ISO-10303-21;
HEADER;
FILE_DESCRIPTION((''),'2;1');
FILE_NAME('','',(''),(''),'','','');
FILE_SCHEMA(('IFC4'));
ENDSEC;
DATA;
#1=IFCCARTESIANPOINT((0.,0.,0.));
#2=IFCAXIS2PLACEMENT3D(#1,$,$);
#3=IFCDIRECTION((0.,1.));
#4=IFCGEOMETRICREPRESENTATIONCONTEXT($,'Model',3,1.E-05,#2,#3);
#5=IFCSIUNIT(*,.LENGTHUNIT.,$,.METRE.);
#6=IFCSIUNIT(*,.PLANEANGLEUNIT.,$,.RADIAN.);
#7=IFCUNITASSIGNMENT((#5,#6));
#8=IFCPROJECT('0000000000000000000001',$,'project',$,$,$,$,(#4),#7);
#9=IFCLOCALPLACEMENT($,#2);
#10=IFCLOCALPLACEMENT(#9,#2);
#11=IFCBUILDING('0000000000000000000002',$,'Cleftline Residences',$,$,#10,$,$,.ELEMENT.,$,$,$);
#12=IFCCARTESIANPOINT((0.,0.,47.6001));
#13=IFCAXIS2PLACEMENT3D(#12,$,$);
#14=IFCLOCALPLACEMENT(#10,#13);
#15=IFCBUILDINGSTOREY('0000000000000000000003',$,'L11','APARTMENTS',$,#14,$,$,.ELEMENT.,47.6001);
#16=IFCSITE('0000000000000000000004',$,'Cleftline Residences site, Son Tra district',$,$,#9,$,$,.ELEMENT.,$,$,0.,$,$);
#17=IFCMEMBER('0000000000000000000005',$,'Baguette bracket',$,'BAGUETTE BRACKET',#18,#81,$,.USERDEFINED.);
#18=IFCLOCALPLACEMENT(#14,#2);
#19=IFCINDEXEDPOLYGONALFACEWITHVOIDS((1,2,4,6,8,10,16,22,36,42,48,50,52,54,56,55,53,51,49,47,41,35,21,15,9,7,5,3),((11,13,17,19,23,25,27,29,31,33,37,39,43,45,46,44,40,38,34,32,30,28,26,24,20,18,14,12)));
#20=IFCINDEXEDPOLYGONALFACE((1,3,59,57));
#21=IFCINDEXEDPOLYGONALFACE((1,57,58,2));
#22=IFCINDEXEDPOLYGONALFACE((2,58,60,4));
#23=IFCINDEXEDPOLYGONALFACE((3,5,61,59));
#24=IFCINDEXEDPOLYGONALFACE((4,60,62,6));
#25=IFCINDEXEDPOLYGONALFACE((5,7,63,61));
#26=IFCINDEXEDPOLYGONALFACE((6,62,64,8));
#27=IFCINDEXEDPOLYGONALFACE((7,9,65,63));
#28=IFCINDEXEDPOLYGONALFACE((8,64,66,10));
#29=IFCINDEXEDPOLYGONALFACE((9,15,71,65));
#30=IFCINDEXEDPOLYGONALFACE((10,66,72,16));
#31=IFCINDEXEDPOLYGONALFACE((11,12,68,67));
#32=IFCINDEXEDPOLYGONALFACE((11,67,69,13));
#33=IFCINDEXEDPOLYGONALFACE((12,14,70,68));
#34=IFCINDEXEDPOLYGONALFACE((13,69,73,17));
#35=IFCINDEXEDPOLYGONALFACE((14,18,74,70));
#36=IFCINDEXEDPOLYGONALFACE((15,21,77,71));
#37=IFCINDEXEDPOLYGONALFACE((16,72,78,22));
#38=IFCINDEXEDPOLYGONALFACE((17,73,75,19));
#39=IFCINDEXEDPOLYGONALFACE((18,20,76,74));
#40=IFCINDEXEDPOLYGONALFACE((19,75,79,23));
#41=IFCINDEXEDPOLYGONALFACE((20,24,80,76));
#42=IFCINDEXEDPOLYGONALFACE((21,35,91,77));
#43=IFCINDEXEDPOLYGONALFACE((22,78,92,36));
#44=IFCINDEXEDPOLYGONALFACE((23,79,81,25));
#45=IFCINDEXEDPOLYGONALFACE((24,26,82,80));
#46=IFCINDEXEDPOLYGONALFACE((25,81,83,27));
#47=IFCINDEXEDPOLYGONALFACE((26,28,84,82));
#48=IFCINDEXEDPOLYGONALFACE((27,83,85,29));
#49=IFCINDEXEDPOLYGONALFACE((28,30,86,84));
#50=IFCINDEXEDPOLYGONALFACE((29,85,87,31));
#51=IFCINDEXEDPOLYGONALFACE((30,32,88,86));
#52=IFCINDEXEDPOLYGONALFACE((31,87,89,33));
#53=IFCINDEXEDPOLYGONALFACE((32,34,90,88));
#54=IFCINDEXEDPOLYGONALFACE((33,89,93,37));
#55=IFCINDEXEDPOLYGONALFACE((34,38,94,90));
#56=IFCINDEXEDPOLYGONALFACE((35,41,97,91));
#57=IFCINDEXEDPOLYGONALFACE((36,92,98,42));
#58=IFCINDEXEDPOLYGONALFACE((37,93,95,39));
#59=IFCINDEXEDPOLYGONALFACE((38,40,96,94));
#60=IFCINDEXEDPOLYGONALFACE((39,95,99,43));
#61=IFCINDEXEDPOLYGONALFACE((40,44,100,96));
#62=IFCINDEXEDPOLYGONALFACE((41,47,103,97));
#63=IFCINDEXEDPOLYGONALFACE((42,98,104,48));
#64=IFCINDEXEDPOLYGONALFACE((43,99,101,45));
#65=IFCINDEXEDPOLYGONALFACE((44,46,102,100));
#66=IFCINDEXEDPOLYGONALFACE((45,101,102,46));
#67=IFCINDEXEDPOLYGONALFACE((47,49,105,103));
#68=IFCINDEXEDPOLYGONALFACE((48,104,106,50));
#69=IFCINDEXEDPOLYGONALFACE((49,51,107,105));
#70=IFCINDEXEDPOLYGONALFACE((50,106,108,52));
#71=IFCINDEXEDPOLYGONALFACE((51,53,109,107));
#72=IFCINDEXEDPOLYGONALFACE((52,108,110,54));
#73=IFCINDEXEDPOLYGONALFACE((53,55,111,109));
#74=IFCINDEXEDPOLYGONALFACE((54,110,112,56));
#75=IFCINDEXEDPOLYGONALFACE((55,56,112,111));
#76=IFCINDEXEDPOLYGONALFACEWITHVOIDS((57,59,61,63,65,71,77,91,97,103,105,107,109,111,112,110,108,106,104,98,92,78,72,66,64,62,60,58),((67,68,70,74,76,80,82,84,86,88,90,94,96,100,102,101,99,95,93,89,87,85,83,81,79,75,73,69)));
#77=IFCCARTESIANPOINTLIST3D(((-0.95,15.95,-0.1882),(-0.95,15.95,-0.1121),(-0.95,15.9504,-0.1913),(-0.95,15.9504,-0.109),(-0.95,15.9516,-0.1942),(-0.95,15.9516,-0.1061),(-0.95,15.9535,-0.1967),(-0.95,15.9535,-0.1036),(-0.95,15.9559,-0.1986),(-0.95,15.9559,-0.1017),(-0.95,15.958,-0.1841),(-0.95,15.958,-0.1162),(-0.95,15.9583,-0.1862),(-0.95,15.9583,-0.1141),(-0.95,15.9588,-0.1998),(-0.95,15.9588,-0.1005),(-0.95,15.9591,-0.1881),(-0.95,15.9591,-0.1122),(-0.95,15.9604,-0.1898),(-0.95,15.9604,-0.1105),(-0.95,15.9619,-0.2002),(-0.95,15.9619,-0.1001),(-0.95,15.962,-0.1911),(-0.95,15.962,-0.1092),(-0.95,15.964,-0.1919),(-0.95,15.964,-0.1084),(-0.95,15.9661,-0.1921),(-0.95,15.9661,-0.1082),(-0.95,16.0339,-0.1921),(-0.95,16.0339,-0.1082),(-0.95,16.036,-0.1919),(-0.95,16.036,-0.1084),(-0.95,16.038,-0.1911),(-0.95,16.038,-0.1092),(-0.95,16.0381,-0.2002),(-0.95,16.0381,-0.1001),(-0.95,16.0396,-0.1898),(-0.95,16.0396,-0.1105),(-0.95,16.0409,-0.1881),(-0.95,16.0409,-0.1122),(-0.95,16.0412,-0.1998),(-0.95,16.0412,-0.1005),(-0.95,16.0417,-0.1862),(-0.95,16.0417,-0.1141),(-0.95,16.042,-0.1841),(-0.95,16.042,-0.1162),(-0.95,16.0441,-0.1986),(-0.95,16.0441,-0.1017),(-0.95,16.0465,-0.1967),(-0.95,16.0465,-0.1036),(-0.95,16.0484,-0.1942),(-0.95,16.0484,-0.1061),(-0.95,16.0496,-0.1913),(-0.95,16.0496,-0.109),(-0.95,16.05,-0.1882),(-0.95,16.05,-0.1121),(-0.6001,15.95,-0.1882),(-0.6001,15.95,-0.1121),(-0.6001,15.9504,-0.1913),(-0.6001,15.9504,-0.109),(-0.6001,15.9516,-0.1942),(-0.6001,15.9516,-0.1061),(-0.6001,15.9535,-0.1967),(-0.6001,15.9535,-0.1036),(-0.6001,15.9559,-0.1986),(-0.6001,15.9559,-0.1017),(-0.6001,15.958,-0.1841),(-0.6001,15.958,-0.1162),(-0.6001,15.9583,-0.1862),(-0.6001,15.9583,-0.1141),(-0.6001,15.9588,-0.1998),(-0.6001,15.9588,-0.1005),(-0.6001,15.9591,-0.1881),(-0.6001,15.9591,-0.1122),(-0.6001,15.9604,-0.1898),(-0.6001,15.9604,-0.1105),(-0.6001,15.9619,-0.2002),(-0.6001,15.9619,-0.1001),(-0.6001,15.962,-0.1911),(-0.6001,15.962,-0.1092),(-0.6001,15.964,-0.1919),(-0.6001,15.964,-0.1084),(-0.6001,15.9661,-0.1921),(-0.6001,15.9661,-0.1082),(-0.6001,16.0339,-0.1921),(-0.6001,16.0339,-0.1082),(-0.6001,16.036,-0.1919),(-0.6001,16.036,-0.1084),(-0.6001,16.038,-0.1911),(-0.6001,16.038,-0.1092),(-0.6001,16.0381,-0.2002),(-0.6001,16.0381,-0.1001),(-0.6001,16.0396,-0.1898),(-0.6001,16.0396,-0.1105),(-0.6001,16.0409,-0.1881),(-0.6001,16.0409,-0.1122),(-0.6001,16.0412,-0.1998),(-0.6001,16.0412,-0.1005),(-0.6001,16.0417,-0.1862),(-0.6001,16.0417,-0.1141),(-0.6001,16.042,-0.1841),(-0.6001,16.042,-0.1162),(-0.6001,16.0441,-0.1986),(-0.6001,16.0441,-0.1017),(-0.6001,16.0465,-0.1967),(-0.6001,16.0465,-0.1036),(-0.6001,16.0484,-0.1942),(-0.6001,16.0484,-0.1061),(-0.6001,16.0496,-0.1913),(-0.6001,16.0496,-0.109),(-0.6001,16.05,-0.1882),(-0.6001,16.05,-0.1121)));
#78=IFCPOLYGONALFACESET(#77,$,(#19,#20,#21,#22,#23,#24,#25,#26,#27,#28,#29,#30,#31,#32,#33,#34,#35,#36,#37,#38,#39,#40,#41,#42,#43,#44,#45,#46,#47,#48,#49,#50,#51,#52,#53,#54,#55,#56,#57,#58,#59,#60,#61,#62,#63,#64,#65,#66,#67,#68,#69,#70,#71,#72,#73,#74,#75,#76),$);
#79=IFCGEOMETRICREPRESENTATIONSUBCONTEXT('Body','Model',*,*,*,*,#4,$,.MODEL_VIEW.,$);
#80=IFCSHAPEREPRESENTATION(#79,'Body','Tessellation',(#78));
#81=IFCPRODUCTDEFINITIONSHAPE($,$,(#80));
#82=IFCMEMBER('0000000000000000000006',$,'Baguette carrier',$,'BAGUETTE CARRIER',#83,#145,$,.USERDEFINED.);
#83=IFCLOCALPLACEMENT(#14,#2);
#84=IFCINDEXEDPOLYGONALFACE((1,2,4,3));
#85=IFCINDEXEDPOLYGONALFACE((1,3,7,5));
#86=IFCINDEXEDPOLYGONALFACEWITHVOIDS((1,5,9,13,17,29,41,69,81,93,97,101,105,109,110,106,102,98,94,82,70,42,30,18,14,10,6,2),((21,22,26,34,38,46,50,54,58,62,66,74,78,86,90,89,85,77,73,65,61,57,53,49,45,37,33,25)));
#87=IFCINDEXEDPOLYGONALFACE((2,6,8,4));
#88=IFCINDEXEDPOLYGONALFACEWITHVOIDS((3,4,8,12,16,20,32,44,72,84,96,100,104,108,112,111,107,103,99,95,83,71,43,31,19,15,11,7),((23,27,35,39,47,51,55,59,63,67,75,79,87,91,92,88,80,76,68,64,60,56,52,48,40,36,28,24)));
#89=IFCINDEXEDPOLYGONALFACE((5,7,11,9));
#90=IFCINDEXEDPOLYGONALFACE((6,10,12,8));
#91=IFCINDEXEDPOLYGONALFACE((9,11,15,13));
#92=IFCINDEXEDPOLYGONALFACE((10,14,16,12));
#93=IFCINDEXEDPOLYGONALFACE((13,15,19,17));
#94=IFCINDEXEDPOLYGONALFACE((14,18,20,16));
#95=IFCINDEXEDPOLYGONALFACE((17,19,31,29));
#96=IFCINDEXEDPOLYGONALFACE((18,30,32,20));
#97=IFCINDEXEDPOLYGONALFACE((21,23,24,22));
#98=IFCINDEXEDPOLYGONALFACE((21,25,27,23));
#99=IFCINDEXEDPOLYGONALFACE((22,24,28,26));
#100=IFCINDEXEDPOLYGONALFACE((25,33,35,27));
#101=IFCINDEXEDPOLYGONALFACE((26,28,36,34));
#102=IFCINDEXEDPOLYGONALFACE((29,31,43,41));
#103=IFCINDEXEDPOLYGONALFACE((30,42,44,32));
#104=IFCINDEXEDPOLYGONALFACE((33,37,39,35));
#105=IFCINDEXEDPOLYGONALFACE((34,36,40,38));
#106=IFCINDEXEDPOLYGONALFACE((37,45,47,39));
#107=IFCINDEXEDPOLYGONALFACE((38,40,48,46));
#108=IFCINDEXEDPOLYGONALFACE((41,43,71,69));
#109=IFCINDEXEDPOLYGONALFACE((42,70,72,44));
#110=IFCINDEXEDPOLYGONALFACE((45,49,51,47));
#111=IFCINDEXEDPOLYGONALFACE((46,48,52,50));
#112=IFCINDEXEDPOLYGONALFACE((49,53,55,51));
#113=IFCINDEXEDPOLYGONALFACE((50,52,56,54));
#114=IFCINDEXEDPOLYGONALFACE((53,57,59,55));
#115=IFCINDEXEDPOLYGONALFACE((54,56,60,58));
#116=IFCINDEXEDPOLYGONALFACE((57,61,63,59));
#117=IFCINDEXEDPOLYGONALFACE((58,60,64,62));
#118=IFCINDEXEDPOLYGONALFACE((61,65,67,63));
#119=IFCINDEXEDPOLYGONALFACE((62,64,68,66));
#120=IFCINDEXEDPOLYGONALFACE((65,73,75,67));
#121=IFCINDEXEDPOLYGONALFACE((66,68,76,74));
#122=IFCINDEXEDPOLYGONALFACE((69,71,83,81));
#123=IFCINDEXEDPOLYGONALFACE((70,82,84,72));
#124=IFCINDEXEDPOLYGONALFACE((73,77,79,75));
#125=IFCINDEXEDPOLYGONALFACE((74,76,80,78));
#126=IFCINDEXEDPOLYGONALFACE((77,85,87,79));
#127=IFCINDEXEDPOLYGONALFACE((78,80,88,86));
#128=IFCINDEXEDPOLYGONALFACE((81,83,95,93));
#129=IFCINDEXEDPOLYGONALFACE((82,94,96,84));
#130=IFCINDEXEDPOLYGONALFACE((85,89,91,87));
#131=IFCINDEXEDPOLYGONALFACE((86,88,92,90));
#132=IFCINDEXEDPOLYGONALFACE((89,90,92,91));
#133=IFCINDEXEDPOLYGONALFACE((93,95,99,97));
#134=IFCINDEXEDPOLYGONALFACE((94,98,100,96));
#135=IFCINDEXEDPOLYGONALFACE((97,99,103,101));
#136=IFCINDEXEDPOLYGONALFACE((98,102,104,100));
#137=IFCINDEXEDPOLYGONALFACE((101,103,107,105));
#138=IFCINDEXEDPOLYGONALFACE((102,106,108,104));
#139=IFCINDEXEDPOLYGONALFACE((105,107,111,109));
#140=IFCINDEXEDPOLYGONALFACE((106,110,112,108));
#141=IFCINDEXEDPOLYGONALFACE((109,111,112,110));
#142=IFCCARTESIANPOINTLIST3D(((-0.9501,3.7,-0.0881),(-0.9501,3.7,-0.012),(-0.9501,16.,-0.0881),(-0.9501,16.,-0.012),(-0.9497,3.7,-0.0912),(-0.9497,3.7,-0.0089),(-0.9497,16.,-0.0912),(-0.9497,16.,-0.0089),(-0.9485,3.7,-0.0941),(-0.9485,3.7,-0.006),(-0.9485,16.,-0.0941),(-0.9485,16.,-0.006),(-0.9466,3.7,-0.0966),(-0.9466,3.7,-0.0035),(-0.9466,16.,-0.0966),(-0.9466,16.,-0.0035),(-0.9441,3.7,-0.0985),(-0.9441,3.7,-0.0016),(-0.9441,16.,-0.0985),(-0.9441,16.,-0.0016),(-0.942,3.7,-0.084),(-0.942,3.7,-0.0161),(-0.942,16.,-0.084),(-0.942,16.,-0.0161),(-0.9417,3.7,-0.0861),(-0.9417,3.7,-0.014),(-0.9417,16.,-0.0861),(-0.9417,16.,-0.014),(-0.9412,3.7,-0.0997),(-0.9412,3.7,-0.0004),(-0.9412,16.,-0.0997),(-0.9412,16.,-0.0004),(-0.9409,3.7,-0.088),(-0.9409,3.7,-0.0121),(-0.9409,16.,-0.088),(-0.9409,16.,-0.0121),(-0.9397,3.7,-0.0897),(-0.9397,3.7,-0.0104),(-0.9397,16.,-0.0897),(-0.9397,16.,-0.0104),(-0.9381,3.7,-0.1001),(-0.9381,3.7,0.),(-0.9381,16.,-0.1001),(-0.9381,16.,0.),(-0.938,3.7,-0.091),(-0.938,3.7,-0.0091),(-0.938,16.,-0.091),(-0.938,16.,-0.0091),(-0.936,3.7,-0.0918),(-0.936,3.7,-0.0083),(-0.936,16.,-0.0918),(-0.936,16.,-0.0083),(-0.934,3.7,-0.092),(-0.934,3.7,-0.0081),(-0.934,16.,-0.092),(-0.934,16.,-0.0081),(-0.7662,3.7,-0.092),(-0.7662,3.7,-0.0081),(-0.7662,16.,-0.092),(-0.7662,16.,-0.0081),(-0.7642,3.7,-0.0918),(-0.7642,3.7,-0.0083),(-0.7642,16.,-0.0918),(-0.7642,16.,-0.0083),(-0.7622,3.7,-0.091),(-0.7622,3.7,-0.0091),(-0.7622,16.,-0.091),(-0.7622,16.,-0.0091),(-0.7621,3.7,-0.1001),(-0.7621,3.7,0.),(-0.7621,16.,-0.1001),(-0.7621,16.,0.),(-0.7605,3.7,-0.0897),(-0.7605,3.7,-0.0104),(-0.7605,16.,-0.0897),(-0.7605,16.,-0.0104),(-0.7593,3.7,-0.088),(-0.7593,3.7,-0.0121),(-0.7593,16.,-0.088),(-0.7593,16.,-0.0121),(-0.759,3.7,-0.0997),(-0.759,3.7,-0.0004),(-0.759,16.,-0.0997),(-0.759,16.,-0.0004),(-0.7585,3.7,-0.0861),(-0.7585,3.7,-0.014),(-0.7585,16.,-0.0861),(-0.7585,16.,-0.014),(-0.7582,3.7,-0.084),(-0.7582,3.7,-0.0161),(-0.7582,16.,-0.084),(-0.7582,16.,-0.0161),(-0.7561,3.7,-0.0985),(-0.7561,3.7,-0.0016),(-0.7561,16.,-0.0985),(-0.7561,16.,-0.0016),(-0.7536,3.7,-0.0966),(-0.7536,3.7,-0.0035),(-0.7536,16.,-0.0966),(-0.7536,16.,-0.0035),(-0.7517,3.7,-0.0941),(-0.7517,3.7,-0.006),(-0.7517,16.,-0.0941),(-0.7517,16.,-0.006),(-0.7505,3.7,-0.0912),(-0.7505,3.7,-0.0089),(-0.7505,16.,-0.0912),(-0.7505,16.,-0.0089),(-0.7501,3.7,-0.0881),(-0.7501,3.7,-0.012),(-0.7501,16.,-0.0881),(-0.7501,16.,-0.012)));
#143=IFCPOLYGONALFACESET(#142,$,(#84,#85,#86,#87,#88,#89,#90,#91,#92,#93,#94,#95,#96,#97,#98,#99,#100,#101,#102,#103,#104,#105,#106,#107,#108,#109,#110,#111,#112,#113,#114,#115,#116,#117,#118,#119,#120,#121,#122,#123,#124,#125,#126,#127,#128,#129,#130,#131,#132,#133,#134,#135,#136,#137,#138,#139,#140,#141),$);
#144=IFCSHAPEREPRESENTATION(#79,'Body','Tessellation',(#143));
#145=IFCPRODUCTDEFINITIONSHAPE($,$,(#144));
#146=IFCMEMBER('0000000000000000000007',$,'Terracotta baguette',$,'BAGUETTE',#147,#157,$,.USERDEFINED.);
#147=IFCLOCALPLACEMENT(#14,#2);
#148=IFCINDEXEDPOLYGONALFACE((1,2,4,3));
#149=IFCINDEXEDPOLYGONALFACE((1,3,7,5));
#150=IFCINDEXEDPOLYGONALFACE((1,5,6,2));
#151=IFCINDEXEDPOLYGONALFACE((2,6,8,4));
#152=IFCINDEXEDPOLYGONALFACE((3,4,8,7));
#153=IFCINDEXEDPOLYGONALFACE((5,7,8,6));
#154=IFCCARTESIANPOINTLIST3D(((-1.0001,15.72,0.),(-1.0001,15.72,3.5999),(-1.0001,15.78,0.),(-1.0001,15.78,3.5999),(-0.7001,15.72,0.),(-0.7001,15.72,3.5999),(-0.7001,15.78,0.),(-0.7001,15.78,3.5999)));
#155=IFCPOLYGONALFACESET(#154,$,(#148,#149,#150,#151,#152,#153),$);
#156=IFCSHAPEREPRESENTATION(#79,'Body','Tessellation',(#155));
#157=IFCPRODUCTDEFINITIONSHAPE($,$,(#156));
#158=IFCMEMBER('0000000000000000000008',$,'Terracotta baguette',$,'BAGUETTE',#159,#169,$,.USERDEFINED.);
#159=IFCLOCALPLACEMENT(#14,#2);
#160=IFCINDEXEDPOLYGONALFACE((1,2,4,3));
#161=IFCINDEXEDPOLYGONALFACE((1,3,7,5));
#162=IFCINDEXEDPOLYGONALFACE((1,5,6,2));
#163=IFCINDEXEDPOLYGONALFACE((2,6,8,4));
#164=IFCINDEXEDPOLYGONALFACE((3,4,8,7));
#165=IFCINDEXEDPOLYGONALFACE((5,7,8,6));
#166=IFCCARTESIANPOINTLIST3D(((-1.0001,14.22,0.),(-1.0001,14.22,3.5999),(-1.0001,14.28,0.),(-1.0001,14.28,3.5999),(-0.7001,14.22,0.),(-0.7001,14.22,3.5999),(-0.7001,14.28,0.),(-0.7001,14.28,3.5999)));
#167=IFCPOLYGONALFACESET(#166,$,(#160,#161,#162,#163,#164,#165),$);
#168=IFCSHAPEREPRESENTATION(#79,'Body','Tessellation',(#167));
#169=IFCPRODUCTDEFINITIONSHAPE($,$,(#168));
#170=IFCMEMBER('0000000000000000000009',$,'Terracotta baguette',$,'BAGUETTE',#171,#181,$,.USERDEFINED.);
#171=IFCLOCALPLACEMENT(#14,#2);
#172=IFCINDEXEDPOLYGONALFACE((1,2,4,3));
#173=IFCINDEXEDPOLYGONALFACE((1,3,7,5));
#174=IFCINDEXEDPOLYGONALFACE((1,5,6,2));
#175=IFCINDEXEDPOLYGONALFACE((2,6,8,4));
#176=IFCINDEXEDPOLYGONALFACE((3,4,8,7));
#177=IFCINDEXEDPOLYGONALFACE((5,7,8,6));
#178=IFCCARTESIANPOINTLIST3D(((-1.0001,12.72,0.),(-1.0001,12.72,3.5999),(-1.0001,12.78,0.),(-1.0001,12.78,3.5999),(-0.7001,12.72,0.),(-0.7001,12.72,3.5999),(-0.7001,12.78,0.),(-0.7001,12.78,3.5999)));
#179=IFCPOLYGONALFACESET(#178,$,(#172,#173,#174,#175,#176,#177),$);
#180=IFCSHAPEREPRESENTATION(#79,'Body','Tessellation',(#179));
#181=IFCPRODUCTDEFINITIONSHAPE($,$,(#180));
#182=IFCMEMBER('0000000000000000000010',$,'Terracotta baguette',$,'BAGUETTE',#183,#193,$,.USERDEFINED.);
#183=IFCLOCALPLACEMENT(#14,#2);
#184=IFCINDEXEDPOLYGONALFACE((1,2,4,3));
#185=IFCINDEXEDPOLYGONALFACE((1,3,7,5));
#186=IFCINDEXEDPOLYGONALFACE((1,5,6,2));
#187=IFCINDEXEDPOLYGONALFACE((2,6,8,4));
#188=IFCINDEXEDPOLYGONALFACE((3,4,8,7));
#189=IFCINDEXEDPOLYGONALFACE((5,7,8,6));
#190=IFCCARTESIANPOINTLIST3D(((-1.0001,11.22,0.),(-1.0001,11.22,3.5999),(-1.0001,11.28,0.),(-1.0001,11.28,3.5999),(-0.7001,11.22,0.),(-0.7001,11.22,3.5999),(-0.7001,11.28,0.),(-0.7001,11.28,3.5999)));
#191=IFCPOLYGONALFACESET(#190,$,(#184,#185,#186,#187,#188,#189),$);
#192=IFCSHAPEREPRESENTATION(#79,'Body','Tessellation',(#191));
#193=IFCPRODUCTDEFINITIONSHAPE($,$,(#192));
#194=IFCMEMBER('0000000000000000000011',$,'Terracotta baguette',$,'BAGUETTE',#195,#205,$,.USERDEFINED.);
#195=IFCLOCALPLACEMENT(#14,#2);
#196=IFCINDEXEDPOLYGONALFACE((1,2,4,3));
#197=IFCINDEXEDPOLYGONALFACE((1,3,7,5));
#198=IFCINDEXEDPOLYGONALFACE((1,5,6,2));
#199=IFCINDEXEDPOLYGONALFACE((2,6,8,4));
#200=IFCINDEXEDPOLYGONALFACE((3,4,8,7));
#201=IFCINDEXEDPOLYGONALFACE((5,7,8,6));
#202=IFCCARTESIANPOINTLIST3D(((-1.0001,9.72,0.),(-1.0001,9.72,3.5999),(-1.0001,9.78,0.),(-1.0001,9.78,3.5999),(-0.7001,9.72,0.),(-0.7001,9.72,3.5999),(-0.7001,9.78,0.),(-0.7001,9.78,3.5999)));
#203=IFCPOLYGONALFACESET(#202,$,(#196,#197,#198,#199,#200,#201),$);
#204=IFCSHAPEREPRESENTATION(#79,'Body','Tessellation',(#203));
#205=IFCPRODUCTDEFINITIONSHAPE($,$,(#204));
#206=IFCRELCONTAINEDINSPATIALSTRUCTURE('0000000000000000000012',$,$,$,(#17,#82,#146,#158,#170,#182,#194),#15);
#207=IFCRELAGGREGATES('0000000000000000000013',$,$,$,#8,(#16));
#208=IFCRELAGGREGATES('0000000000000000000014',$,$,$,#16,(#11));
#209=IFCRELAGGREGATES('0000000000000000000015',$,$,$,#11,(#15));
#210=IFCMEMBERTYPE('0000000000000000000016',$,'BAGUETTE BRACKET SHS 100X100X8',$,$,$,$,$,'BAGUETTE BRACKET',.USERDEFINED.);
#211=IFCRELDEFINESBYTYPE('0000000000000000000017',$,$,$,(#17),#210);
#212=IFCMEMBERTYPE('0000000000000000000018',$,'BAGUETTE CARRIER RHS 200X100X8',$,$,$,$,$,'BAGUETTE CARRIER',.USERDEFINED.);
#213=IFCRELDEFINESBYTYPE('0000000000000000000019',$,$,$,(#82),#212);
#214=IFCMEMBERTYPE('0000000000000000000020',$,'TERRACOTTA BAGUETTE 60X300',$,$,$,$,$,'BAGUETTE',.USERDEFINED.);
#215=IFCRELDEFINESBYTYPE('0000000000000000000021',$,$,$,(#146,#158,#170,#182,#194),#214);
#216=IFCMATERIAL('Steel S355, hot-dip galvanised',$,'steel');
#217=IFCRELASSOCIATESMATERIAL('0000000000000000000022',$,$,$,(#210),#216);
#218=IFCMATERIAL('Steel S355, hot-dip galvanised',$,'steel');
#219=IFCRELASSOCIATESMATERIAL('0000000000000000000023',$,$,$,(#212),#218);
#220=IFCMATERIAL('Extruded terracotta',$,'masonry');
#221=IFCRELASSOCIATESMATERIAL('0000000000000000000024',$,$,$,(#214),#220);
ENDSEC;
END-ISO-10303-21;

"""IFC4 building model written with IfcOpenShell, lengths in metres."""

from ifc_helpers import new_model, si_unit, direction, frame, origin, origin_2d, place, context, subcontext, project, spatial, rectangle, hollow_rectangle, extrude, material, material_profile, profile_set, type_object, element, save


model = new_model("IFC4")

# Units and contexts
model_context = context("Model", 3, precision=1e-05, world=origin(), true_north=direction((0.0, 1.0)))
body_context = subcontext(model_context, "Body", "Model", "MODEL_VIEW")
ifc_project = project(units=[si_unit("LENGTHUNIT", "METRE"), si_unit("PLANEANGLEUNIT", "RADIAN")], contexts=[model_context])

# Site, building, storey
site_placement = place(None, origin())
site = spatial("IfcSite", under=ifc_project, at=site_placement, Name="Cleftline Residences site, Son Tra district", CompositionType="ELEMENT", RefElevation=0.0)
building_placement = place(site_placement, origin())
building = spatial("IfcBuilding", under=site, at=building_placement, Name="Cleftline Residences", CompositionType="ELEMENT")
storey_placement = place(building_placement, frame((0.0, 0.0, 47.6001)))
storey = spatial("IfcBuildingStorey", under=building, at=storey_placement, Name="L11", Description="APARTMENTS", CompositionType="ELEMENT", Elevation=47.6001)

# Members
ifc_material_1 = material(Name="Steel S355, hot-dip galvanised", Category="steel")
ifc_material_profile_1 = material_profile(ifc_material_1, hollow_rectangle(XDim=0.1001, YDim=0.1001, WallThickness=0.0081, InnerFilletRadius=0.0081, OuterFilletRadius=0.012, at=origin_2d()))
ifc_profile_set_1 = profile_set([ifc_material_profile_1], Name="Steel S355, hot-dip galvanised")
member_type_1 = type_object("IfcMemberType", Name="BAGUETTE BRACKET SHS 100X100X8", ElementType="BAGUETTE BRACKET", PredefinedType="USERDEFINED", material=ifc_profile_set_1)
member_1_placement = place(storey_placement, frame((-0.6001, 16.0, -0.1501), z_axis=(-1.0, 0.0, 0.0), x_axis=(0.0, -1.0, 0.0)))
element("IfcMember", 1, at=member_1_placement, inside=storey, type_object=member_type_1, Name="Baguette bracket", ObjectType="BAGUETTE BRACKET", PredefinedType="USERDEFINED", context=body_context, shape_type="SweptSolid", body=[
    extrude(hollow_rectangle(XDim=0.1001, YDim=0.1001, WallThickness=0.0081, InnerFilletRadius=0.0081, OuterFilletRadius=0.012, at=origin_2d()), origin(), (0.0, 0.0, 1.0), 0.3499),
])
ifc_material_2 = material(Name="Steel S355, hot-dip galvanised", Category="steel")
ifc_material_profile_2 = material_profile(ifc_material_2, hollow_rectangle(XDim=0.1001, YDim=0.2, WallThickness=0.0081, InnerFilletRadius=0.0081, OuterFilletRadius=0.012, at=origin_2d()))
ifc_profile_set_2 = profile_set([ifc_material_profile_2], Name="Steel S355, hot-dip galvanised")
member_type_2 = type_object("IfcMemberType", Name="BAGUETTE CARRIER RHS 200X100X8", ElementType="BAGUETTE CARRIER", PredefinedType="USERDEFINED", material=ifc_profile_set_2)
member_2_placement = place(storey_placement, frame((-0.8501, 16.0, -0.05), z_axis=(0.0, -1.0, 0.0), x_axis=(0.0, 0.0, 1.0)))
element("IfcMember", 2, at=member_2_placement, inside=storey, type_object=member_type_2, Name="Baguette carrier", ObjectType="BAGUETTE CARRIER", PredefinedType="USERDEFINED", context=body_context, shape_type="SweptSolid", body=[
    extrude(hollow_rectangle(XDim=0.1001, YDim=0.2, WallThickness=0.0081, InnerFilletRadius=0.0081, OuterFilletRadius=0.012, at=origin_2d()), origin(), (0.0, 0.0, 1.0), 12.3),
])
ifc_material_3 = material(Name="Extruded terracotta", Category="masonry")
ifc_material_profile_3 = material_profile(ifc_material_3, rectangle(XDim=0.0601, YDim=0.3, at=origin_2d()))
ifc_profile_set_3 = profile_set([ifc_material_profile_3], Name="Extruded terracotta")
member_type_3 = type_object("IfcMemberType", Name="TERRACOTTA BAGUETTE 60X300", ElementType="BAGUETTE", PredefinedType="USERDEFINED", material=ifc_profile_set_3)
for number, where, z_axis, x_axis, name in (
    (3, (-0.8501, 15.75, 0.0), (0.0, 0.0, 1.0), (0.0, 1.0, 0.0), "Terracotta baguette"),
    (4, (-0.8501, 14.25, 0.0), (0.0, 0.0, 1.0), (0.0, 1.0, 0.0), "Terracotta baguette"),
    (5, (-0.8501, 12.75, 0.0), (0.0, 0.0, 1.0), (0.0, 1.0, 0.0), "Terracotta baguette"),
    (6, (-0.8501, 11.25, 0.0), (0.0, 0.0, 1.0), (0.0, 1.0, 0.0), "Terracotta baguette"),
    (7, (-0.8501, 9.75, 0.0), (0.0, 0.0, 1.0), (0.0, 1.0, 0.0), "Terracotta baguette"),
):
    element("IfcMember", number, at=place(storey_placement, frame(where, z_axis=z_axis, x_axis=x_axis)), inside=storey, type_object=member_type_3, Name=name, ObjectType="BAGUETTE", PredefinedType="USERDEFINED", context=body_context, shape_type="SweptSolid", body=[
        extrude(rectangle(XDim=0.0601, YDim=0.3, at=origin_2d()), origin(), (0.0, 0.0, 1.0), 3.5999),
    ])

save(model, "model.ifc")
